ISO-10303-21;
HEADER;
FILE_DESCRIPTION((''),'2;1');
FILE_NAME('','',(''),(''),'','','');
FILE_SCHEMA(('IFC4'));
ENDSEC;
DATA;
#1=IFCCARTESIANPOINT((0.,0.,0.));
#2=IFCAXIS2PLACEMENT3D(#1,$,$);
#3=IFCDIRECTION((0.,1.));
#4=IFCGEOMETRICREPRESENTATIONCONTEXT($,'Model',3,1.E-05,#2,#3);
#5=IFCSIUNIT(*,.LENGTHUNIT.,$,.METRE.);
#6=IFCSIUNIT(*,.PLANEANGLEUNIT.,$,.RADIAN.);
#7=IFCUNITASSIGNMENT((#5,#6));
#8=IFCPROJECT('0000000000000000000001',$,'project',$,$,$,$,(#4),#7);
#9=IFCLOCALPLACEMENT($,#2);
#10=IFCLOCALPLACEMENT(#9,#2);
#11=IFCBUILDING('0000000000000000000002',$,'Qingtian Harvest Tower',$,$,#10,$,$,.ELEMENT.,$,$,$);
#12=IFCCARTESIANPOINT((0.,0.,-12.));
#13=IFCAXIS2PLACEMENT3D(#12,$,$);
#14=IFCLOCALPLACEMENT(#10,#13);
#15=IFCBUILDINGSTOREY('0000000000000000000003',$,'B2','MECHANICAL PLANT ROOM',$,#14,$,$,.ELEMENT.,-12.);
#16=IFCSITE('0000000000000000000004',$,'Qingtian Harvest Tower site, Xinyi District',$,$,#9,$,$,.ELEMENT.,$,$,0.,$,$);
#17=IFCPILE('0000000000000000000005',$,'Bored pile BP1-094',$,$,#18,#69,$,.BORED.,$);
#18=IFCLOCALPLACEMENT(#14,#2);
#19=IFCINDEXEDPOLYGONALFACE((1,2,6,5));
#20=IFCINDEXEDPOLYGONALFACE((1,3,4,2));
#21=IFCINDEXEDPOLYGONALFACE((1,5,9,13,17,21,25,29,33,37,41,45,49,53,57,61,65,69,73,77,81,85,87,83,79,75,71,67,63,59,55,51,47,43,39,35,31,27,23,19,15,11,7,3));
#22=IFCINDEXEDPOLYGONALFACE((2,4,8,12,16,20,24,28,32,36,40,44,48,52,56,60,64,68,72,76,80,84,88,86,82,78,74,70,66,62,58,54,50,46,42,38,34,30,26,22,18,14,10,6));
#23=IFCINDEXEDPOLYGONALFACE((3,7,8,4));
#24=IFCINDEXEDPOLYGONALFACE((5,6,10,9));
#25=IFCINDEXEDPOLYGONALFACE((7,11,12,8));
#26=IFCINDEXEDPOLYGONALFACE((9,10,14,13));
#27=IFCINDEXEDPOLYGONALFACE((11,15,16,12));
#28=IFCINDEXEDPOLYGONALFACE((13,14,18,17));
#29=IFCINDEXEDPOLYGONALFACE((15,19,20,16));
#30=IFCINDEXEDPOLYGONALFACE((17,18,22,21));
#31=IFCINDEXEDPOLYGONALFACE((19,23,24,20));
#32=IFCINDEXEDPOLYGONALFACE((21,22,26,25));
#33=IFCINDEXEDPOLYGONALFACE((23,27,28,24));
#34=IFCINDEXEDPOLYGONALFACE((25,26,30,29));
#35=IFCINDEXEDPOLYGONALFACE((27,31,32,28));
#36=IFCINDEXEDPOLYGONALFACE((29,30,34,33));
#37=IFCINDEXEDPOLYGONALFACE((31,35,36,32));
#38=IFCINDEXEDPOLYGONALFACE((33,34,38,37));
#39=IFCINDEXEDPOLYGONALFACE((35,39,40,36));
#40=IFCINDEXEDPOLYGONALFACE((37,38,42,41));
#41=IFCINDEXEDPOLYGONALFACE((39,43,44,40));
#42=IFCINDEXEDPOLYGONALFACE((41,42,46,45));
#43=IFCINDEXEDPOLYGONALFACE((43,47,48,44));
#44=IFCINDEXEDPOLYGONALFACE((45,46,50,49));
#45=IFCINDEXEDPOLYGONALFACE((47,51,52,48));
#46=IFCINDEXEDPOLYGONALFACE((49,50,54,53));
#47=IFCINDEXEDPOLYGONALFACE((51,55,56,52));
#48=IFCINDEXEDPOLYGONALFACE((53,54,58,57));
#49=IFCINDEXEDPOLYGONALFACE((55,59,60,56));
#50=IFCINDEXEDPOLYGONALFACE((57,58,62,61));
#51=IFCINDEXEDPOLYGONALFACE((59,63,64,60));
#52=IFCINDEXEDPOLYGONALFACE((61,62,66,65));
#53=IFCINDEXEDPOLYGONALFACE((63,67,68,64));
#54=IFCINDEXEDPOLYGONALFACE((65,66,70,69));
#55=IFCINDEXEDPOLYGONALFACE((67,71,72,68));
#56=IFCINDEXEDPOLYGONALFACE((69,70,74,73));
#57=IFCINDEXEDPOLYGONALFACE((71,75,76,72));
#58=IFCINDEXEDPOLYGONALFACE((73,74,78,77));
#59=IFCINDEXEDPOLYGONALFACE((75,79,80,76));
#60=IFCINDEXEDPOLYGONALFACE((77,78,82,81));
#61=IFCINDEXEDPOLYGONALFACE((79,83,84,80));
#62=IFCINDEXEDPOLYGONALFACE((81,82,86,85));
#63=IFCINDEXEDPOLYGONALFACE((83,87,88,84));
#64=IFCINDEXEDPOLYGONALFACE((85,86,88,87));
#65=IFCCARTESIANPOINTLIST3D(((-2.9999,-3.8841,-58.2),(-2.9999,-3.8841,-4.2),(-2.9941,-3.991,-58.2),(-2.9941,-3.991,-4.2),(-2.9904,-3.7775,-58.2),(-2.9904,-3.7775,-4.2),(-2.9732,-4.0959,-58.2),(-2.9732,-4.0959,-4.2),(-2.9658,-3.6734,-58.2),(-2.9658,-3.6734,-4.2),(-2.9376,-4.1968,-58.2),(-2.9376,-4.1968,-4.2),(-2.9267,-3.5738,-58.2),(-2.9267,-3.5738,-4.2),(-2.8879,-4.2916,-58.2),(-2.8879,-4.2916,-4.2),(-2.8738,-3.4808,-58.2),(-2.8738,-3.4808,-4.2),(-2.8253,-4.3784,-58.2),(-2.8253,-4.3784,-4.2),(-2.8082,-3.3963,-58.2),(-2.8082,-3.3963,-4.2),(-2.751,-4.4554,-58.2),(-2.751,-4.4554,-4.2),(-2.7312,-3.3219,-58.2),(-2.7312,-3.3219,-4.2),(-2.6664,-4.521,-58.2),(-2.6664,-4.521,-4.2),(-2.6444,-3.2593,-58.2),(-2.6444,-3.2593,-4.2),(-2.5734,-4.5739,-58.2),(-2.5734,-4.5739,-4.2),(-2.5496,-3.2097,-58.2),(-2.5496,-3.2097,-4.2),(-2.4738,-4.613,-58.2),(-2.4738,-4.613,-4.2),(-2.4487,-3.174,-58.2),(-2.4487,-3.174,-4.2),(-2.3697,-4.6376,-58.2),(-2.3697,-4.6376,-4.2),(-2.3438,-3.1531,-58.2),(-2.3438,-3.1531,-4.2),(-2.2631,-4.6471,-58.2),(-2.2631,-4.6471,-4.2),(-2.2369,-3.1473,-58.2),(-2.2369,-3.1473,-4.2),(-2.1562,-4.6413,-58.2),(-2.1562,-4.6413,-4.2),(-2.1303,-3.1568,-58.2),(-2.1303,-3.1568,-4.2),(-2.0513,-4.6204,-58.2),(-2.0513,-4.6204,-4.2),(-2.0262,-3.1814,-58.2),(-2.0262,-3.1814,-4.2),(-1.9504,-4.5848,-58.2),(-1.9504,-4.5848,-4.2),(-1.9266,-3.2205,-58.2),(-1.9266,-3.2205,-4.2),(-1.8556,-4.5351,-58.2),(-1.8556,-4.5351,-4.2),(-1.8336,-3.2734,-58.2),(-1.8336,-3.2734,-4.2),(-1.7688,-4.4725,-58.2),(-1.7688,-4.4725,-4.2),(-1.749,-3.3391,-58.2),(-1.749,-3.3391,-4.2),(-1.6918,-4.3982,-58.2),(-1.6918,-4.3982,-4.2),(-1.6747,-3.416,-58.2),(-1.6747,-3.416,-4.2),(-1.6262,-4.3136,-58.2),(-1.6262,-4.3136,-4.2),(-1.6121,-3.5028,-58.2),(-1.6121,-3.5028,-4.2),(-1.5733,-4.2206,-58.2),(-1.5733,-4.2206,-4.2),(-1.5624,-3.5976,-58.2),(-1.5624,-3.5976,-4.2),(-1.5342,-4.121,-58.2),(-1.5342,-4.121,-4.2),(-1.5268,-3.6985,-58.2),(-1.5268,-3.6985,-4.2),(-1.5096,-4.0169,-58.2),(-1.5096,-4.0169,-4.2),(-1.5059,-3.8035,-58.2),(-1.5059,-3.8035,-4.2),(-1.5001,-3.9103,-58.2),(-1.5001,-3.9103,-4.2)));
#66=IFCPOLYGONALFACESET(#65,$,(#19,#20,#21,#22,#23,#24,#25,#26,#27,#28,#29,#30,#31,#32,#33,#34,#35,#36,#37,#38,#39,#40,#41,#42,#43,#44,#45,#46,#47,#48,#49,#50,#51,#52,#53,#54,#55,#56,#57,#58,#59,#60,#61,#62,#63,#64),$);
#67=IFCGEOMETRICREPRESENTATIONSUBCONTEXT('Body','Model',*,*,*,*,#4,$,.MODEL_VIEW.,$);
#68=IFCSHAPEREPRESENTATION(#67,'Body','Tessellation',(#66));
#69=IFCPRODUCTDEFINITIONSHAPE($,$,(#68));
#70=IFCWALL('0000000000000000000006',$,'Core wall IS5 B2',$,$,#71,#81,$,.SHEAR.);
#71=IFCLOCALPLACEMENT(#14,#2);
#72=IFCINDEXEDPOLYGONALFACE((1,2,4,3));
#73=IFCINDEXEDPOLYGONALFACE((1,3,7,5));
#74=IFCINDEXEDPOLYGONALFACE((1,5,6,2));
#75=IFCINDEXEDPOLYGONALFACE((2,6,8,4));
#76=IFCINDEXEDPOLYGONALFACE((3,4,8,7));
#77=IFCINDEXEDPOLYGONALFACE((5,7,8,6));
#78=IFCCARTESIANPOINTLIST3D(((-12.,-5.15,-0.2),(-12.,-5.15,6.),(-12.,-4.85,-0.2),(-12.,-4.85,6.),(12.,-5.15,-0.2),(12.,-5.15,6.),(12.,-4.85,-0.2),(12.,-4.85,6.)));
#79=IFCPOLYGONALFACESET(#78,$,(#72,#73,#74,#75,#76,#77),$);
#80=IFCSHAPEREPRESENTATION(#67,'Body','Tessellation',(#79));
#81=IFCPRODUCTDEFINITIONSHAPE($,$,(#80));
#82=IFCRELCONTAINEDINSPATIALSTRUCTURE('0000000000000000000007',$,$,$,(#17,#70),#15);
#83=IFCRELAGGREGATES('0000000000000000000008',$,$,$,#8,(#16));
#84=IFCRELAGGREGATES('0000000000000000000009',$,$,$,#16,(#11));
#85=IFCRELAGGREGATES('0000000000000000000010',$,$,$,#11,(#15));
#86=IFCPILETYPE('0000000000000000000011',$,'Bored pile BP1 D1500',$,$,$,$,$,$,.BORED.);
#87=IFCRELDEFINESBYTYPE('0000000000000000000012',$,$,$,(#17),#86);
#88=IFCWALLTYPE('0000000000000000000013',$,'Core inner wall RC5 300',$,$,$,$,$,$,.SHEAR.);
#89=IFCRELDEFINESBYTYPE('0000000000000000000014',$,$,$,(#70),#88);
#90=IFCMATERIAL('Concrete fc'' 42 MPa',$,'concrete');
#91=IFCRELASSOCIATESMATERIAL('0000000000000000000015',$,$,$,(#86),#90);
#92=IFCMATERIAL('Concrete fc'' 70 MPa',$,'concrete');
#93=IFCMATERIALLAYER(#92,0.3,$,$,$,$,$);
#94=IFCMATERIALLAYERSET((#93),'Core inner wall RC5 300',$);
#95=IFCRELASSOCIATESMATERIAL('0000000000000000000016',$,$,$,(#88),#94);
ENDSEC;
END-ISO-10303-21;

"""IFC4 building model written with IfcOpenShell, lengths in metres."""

from ifc_helpers import new_model, si_unit, direction, frame, frame_2d, origin, place, context, subcontext, project, spatial, rectangle, circle, extrude, material, layer, layer_set, material_profile, profile_set, type_object, element, save


model = new_model("IFC4")

# Units and contexts
model_context = context("Model", 3, precision=1e-05, world=origin(), true_north=direction((0.0, 1.0)))
body_context = subcontext(model_context, "Body", "Model", "MODEL_VIEW")
ifc_project = project(units=[si_unit("LENGTHUNIT", "METRE"), si_unit("PLANEANGLEUNIT", "RADIAN")], contexts=[model_context])

# Site, building, storey
site_placement = place(None, origin())
site = spatial("IfcSite", under=ifc_project, at=site_placement, Name="Qingtian Harvest Tower site, Xinyi District", CompositionType="ELEMENT", RefElevation=0.0)
building_placement = place(site_placement, origin())
building = spatial("IfcBuilding", under=site, at=building_placement, Name="Qingtian Harvest Tower", CompositionType="ELEMENT")
storey_placement = place(building_placement, frame((0.0, 0.0, -12.0)))
storey = spatial("IfcBuildingStorey", under=building, at=storey_placement, Name="B2", Description="MECHANICAL PLANT ROOM", CompositionType="ELEMENT", Elevation=-12.0)

# Pile
ifc_material_1 = material(Name="Concrete fc' 42 MPa", Category="concrete")
ifc_material_profile = material_profile(ifc_material_1, circle(Radius=0.75, at=frame_2d((0.0, 0.0), x_axis=(0.999848, 0.017452))), Name="Bored pile BP1 D1500")
ifc_profile_set = profile_set([ifc_material_profile], Name="Concrete fc' 42 MPa")
pile_type = type_object("IfcPileType", Name="Bored pile BP1 D1500", PredefinedType="BORED", material=ifc_profile_set)
for number, where, z_axis, x_axis, name in (
    (1, (-2.25, -3.8972, -4.2), (0.0, 0.0, -1.0), (1.0, 0.0, 0.0), "Bored pile BP1-094"),
):
    element("IfcPile", number, at=place(storey_placement, frame(where, z_axis=z_axis, x_axis=x_axis)), inside=storey, type_object=pile_type, Name=name, PredefinedType="BORED", context=body_context, shape_type="SweptSolid", body=[
        extrude(circle(Radius=0.75, at=frame_2d((0.0, 0.0), x_axis=(0.999848, 0.017452))), origin(), (0.0, 0.0, 1.0), 54.0),
    ])

# Wall
ifc_material_2 = material(Name="Concrete fc' 70 MPa", Category="concrete")
ifc_layer_1 = layer(ifc_material_2, 0.3)
ifc_layer_set_1 = layer_set([ifc_layer_1], Name="Core inner wall RC5 300")
wall_type_1 = type_object("IfcWallType", Name="Core inner wall RC5 300", PredefinedType="SHEAR", material=ifc_layer_set_1)
wall_1_placement = place(storey_placement, frame((-12.0, -5.0, -0.2), z_axis=(0.0, 0.0, 1.0), x_axis=(1.0, 0.0, 0.0)))
element("IfcWall", 2, at=wall_1_placement, inside=storey, type_object=wall_type_1, Name="Core wall IS5 B2", PredefinedType="SHEAR", context=body_context, shape_type="SweptSolid", body=[
    extrude(rectangle(XDim=24.0, YDim=0.3, at=frame_2d((12.0, 0.0))), origin(), (0.0, 0.0, 1.0), 6.2),
])

save(model, "model.ifc")
